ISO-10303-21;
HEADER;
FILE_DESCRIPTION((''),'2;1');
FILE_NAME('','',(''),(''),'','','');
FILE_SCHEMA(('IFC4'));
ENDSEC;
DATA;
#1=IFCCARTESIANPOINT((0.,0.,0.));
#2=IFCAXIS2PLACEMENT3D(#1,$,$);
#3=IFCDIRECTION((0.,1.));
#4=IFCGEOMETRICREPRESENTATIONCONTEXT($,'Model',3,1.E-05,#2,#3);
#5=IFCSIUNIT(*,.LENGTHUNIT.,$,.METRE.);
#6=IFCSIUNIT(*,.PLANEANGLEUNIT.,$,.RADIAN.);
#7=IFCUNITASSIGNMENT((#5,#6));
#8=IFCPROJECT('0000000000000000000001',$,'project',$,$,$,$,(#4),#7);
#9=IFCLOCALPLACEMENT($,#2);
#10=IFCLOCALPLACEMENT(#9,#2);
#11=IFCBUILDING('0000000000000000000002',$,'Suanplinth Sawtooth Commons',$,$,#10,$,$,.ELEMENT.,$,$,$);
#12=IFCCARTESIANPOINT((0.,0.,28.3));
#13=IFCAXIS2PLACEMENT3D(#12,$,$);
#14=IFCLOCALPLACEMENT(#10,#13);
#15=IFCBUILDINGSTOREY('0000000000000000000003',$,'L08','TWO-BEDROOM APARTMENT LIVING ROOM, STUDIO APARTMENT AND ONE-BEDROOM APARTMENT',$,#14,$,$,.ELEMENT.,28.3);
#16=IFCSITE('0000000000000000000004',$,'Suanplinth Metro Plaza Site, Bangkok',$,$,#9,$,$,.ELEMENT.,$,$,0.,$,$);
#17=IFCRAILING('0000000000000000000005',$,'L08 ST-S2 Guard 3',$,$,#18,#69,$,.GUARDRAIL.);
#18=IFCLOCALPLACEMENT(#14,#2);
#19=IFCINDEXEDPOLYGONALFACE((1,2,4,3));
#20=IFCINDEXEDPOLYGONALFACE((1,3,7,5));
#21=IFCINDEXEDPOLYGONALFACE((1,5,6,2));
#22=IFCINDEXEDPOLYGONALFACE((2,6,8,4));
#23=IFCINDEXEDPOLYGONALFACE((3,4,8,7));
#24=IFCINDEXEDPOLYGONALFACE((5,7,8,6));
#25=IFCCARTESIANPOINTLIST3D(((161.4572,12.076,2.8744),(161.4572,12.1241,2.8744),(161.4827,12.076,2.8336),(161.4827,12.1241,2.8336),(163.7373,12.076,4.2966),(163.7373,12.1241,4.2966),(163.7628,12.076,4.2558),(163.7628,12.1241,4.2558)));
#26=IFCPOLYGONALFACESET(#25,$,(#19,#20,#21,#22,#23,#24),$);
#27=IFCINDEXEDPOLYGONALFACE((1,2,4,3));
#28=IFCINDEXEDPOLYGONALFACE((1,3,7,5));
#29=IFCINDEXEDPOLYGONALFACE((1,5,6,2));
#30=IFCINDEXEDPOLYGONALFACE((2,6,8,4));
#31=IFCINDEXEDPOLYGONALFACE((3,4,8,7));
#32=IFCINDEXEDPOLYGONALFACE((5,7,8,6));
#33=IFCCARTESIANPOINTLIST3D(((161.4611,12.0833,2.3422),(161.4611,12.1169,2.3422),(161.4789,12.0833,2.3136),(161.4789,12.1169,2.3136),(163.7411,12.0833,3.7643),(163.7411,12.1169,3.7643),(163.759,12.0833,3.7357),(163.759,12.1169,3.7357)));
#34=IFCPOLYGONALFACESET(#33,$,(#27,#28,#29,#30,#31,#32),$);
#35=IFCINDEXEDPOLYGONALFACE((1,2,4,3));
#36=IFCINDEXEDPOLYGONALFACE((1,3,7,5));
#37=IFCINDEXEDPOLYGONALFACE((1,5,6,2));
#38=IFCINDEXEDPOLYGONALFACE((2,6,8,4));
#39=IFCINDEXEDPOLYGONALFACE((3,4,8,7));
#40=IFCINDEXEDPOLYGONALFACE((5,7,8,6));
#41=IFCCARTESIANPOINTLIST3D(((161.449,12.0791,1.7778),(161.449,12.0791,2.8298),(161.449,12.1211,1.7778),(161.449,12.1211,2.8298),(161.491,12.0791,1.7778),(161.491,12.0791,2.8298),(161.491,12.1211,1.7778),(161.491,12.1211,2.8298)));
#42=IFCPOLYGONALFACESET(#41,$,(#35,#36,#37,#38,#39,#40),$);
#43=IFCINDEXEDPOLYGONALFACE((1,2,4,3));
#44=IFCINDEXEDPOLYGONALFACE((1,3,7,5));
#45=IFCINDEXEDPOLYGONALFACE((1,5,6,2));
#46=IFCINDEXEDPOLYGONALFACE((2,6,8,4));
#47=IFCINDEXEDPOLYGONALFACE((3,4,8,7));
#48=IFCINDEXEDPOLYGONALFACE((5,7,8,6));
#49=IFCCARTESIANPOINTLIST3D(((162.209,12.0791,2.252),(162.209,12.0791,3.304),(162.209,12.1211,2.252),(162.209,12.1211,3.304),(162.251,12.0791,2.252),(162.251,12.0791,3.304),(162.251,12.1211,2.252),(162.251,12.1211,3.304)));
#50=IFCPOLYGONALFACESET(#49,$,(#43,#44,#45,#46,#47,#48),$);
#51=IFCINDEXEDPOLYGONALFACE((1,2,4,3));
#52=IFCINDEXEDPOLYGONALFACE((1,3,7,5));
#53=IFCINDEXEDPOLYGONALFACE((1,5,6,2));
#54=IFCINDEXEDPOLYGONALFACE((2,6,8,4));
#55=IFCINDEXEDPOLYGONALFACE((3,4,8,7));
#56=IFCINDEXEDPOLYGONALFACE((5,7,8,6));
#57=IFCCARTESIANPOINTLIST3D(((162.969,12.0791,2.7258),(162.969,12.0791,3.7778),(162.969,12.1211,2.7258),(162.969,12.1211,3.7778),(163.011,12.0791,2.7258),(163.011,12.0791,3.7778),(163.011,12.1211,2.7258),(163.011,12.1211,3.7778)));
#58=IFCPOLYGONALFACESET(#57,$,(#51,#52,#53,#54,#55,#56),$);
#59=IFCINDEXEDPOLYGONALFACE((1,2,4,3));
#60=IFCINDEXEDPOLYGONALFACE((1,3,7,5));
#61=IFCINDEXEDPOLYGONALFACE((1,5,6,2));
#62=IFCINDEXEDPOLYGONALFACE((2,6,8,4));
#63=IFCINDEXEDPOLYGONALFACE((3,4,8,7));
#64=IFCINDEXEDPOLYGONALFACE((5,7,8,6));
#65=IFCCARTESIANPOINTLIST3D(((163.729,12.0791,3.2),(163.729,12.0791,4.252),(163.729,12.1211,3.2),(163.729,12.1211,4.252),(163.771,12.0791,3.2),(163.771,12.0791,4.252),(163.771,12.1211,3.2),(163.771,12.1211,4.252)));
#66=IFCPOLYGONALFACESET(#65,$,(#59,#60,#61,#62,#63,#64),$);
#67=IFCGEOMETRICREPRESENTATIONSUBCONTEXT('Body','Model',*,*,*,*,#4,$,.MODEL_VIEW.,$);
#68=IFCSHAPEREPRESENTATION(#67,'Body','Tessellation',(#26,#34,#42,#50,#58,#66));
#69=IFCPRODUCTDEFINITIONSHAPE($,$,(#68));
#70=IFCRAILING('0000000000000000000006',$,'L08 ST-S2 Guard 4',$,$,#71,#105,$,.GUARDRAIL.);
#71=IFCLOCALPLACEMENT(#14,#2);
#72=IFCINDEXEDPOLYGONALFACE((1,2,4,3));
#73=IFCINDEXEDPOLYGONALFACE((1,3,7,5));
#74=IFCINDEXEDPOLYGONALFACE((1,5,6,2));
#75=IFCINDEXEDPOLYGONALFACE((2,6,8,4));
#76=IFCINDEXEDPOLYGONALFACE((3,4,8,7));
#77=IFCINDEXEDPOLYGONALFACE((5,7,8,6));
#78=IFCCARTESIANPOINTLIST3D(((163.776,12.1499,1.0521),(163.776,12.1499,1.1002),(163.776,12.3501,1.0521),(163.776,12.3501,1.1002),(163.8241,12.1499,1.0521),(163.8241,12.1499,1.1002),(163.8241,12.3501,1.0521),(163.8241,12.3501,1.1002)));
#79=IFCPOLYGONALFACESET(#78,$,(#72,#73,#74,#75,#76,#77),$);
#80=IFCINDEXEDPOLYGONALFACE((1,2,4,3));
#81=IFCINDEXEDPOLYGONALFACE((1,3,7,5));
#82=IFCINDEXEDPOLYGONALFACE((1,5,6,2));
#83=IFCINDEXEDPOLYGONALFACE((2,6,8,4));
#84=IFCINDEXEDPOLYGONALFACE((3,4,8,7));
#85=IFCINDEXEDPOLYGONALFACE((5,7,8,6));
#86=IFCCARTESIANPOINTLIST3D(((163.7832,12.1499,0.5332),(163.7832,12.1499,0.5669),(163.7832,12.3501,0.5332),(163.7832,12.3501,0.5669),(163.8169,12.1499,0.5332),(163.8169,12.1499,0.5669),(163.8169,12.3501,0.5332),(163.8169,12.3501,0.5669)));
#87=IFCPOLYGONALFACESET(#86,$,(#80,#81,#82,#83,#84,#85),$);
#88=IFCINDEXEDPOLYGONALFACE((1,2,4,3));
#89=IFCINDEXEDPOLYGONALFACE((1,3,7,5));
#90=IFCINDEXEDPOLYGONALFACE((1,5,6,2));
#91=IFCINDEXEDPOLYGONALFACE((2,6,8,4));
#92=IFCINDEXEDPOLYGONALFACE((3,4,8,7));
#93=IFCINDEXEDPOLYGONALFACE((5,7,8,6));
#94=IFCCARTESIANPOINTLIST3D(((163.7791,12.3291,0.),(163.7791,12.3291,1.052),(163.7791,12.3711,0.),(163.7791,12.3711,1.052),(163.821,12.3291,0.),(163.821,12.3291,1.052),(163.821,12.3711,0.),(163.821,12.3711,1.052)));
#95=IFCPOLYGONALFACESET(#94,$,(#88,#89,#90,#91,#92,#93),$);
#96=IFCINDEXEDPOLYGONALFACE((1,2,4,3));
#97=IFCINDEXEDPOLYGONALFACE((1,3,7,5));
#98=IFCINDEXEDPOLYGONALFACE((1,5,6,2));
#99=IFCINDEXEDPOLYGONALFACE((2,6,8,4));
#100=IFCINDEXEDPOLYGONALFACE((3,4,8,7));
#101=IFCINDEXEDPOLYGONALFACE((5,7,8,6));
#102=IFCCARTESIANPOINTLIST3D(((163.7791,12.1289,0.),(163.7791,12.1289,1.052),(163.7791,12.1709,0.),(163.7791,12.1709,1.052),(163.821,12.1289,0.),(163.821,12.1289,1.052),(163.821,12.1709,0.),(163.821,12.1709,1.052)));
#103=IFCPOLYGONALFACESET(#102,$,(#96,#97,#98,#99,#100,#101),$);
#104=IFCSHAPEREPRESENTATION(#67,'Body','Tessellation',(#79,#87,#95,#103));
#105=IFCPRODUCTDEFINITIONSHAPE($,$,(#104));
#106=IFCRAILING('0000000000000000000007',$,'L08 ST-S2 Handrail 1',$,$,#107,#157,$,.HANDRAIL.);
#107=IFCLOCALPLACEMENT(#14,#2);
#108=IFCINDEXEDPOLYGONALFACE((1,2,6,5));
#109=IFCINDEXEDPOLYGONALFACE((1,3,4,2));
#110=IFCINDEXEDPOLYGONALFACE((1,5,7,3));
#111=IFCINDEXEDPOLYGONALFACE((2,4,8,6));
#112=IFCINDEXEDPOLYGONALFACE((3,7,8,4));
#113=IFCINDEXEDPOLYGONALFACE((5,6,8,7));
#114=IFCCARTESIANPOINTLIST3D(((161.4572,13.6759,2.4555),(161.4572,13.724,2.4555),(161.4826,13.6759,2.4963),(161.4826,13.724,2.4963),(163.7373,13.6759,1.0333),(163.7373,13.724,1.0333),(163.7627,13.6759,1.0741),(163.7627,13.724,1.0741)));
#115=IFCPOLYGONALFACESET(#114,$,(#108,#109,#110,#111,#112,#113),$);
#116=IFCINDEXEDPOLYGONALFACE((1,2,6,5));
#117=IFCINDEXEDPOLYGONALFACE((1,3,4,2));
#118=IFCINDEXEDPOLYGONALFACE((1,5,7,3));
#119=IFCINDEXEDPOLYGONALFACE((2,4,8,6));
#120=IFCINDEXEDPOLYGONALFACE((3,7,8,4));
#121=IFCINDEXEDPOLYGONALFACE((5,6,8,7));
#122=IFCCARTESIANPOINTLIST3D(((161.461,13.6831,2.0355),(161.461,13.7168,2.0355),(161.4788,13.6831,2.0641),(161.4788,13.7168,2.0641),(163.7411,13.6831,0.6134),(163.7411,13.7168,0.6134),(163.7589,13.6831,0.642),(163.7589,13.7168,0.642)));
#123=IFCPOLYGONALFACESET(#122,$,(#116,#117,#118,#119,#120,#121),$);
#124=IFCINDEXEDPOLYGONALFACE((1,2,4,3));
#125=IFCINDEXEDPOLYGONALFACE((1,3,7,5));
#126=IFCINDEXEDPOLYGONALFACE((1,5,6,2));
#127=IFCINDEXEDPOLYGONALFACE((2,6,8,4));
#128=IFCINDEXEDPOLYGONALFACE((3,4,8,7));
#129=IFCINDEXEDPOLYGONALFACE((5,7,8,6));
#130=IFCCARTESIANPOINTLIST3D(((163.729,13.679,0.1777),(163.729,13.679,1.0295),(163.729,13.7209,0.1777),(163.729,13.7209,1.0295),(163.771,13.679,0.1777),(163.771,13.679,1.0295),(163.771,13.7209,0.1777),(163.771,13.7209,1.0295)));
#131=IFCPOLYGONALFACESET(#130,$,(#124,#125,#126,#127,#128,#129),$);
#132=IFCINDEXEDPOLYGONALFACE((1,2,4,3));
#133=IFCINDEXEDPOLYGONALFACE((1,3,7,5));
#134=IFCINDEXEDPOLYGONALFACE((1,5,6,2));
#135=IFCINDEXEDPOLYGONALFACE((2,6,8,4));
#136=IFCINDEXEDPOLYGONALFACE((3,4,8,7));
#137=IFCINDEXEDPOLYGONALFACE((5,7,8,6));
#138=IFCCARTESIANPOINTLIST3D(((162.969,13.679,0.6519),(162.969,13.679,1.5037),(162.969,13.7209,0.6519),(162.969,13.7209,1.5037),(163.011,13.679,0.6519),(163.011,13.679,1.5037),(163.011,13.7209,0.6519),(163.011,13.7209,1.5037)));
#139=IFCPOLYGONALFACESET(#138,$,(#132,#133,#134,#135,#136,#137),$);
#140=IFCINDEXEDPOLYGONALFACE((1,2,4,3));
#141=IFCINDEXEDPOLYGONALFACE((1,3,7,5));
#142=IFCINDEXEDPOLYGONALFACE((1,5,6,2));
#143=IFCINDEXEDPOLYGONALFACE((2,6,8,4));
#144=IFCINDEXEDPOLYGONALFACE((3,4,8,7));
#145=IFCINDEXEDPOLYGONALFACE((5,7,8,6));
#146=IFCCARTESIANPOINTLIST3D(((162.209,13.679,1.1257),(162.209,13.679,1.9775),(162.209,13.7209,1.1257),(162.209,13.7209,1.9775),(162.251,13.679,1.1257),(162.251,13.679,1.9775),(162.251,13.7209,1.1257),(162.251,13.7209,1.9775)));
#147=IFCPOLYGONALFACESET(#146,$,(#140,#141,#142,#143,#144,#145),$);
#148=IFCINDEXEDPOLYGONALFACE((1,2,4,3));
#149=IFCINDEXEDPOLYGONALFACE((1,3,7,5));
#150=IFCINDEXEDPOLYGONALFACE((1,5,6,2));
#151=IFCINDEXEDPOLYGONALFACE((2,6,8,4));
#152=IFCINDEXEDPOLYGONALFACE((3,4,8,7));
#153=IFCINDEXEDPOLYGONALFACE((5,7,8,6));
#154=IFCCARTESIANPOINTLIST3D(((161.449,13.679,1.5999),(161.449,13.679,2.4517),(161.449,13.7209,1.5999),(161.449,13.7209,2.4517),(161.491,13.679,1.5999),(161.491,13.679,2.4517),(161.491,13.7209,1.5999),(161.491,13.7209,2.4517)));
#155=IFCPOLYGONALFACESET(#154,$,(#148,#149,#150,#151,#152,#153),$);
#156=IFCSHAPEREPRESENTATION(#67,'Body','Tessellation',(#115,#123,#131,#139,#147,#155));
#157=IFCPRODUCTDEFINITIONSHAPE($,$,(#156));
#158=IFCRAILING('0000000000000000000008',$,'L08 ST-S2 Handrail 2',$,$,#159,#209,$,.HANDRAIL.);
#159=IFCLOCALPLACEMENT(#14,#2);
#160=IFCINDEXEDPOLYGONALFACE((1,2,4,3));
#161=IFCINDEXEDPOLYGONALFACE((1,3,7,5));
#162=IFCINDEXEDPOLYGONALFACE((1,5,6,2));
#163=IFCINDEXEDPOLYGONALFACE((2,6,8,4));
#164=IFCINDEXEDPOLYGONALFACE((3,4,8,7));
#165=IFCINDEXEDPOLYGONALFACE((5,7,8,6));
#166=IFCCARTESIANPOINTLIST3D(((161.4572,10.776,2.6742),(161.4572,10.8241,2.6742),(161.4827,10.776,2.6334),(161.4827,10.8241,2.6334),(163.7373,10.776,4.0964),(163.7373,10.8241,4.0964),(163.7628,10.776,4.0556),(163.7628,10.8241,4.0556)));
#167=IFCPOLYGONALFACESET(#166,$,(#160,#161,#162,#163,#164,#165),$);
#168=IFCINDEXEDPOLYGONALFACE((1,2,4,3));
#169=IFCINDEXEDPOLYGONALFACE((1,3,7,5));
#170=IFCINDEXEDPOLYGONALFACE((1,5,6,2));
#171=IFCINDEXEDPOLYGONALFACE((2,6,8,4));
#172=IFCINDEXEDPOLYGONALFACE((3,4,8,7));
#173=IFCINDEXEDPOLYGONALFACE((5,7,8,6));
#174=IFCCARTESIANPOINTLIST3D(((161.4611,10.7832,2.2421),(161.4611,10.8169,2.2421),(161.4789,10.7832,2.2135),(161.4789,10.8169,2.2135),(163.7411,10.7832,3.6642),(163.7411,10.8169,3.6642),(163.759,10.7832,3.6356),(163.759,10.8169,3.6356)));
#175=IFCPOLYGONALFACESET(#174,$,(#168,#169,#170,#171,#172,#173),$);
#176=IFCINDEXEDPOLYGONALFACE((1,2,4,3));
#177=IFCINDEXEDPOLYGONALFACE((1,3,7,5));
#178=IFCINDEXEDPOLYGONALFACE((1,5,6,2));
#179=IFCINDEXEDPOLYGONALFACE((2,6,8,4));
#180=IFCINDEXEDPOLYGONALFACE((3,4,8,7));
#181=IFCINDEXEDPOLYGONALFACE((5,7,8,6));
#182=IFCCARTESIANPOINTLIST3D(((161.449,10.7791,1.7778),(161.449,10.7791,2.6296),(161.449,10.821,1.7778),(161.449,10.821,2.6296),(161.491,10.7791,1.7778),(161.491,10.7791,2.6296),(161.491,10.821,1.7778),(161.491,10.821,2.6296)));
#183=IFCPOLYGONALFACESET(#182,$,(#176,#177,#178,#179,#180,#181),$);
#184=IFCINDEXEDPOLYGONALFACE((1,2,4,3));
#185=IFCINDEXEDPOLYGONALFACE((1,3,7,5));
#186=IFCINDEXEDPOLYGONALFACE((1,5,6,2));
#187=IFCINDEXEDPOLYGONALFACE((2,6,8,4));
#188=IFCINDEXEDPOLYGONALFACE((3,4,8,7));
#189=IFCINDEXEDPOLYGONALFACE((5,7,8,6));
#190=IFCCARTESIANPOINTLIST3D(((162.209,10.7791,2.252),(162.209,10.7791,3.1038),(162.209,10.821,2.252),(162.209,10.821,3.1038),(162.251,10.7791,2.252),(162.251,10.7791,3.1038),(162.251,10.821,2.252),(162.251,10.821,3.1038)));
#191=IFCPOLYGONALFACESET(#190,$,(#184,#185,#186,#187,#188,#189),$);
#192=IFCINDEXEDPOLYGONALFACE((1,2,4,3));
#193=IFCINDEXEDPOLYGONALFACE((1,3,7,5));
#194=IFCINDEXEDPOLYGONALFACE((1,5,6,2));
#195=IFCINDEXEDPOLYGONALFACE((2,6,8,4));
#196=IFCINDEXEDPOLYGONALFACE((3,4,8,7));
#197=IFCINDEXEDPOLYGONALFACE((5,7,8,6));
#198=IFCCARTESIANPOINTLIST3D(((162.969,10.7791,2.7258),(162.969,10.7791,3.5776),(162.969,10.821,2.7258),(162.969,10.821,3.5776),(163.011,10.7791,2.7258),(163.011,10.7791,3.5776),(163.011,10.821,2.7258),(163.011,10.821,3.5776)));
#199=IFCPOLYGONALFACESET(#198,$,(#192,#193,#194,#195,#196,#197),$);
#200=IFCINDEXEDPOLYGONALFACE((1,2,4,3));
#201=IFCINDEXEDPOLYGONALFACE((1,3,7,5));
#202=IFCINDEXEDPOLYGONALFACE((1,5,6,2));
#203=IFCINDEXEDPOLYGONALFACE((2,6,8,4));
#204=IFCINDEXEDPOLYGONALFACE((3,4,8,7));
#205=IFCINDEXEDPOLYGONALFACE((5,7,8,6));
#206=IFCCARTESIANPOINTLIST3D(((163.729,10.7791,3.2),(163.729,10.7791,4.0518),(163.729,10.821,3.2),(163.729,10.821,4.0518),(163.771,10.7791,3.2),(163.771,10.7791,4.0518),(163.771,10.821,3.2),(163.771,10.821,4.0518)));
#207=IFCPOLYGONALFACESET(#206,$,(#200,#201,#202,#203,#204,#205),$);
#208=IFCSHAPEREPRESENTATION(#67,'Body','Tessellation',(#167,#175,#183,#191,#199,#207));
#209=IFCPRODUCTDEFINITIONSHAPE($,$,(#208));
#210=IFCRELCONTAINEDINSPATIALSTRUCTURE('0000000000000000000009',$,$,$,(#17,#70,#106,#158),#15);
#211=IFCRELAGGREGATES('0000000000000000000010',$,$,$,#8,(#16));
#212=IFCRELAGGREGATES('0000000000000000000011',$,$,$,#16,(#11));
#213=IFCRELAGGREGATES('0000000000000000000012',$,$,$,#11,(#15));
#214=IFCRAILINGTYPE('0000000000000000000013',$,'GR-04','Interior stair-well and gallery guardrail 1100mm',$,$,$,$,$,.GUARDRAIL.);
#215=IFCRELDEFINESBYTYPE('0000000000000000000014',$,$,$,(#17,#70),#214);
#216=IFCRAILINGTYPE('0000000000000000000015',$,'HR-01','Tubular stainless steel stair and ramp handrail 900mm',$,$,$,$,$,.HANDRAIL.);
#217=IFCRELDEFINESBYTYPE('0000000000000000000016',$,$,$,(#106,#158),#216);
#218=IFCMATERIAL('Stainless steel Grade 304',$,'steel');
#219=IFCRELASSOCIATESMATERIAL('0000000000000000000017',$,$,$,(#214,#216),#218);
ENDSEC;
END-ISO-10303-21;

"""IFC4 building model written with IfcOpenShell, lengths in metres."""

from ifc_helpers import new_model, si_unit, direction, frame, origin, origin_2d, place, context, subcontext, project, spatial, rectangle, extrude, material, type_object, element, save


model = new_model("IFC4")

# Units and contexts
model_context = context("Model", 3, precision=1e-05, world=origin(), true_north=direction((0.0, 1.0)))
body_context = subcontext(model_context, "Body", "Model", "MODEL_VIEW")
ifc_project = project(units=[si_unit("LENGTHUNIT", "METRE"), si_unit("PLANEANGLEUNIT", "RADIAN")], contexts=[model_context])

# Site, building, storey
site_placement = place(None, origin())
site = spatial("IfcSite", under=ifc_project, at=site_placement, Name="Suanplinth Metro Plaza Site, Bangkok", CompositionType="ELEMENT", RefElevation=0.0)
building_placement = place(site_placement, origin())
building = spatial("IfcBuilding", under=site, at=building_placement, Name="Suanplinth Sawtooth Commons", CompositionType="ELEMENT")
storey_placement = place(building_placement, frame((0.0, 0.0, 28.3)))
storey = spatial("IfcBuildingStorey", under=building, at=storey_placement, Name="L08", Description="TWO-BEDROOM APARTMENT LIVING ROOM, STUDIO APARTMENT AND ONE-BEDROOM APARTMENT", CompositionType="ELEMENT", Elevation=28.3)

# Railings
ifc_material_1 = material(Name="Stainless steel Grade 304", Category="steel")
railing_type_1 = type_object("IfcRailingType", Name="GR-04", Description="Interior stair-well and gallery guardrail 1100mm", PredefinedType="GUARDRAIL", material=ifc_material_1)
railing_1_placement = place(storey_placement, frame((161.47, 12.1001, 1.7778)))
element("IfcRailing", 1, at=railing_1_placement, inside=storey, type_object=railing_type_1, Name="L08 ST-S2 Guard 3", PredefinedType="GUARDRAIL", context=body_context, shape_type="SweptSolid", body=[
    extrude(rectangle(XDim=0.0481, YDim=0.0481, at=origin_2d()), frame((0.0, 0.0, 1.0762), z_axis=(0.848483, 0.0, 0.529223), x_axis=(0.0, 1.0, 0.0)), (0.0, 0.0, 1.0), 2.6873),
    extrude(rectangle(XDim=0.0337, YDim=0.0337, at=origin_2d()), frame((0.0, 0.0, 0.55), z_axis=(0.848483, 0.0, 0.529223), x_axis=(0.0, 1.0, 0.0)), (0.0, 0.0, 1.0), 2.6873),
    extrude(rectangle(XDim=0.042, YDim=0.042, at=origin_2d()), origin(), (0.0, 0.0, 1.0), 1.052),
    extrude(rectangle(XDim=0.042, YDim=0.042, at=origin_2d()), frame((0.76, 0.0, 0.4741)), (0.0, 0.0, 1.0), 1.052),
    extrude(rectangle(XDim=0.042, YDim=0.042, at=origin_2d()), frame((1.52, 0.0, 0.948)), (0.0, 0.0, 1.0), 1.052),
    extrude(rectangle(XDim=0.042, YDim=0.042, at=origin_2d()), frame((2.28, 0.0, 1.4221)), (0.0, 0.0, 1.0), 1.052),
])
railing_2_placement = place(storey_placement, frame((163.8, 12.3501, 0.0)))
element("IfcRailing", 2, at=railing_2_placement, inside=storey, type_object=railing_type_1, Name="L08 ST-S2 Guard 4", PredefinedType="GUARDRAIL", context=body_context, shape_type="SweptSolid", body=[
    extrude(rectangle(XDim=0.0481, YDim=0.0481, at=origin_2d()), frame((0.0, 0.0, 1.0762), z_axis=(0.0, -1.0, 0.0), x_axis=(1.0, 0.0, 0.0)), (0.0, 0.0, 1.0), 0.2002),
    extrude(rectangle(XDim=0.0337, YDim=0.0337, at=origin_2d()), frame((0.0, 0.0, 0.55), z_axis=(0.0, -1.0, 0.0), x_axis=(1.0, 0.0, 0.0)), (0.0, 0.0, 1.0), 0.2002),
    extrude(rectangle(XDim=0.042, YDim=0.042, at=origin_2d()), origin(), (0.0, 0.0, 1.0), 1.052),
    extrude(rectangle(XDim=0.042, YDim=0.042, at=origin_2d()), frame((0.0, -0.2002, 0.0)), (0.0, 0.0, 1.0), 1.052),
])
railing_type_2 = type_object("IfcRailingType", Name="HR-01", Description="Tubular stainless steel stair and ramp handrail 900mm", PredefinedType="HANDRAIL", material=ifc_material_1)
railing_3_placement = place(storey_placement, frame((163.75, 13.7, 0.1777)))
element("IfcRailing", 3, at=railing_3_placement, inside=storey, type_object=railing_type_2, Name="L08 ST-S2 Handrail 1", PredefinedType="HANDRAIL", context=body_context, shape_type="SweptSolid", body=[
    extrude(rectangle(XDim=0.0481, YDim=0.0481, at=origin_2d()), frame((0.0, 0.0, 0.876), z_axis=(-0.848483, 0.0, 0.529223), x_axis=(0.0, -1.0, 0.0)), (0.0, 0.0, 1.0), 2.6873),
    extrude(rectangle(XDim=0.0337, YDim=0.0337, at=origin_2d()), frame((0.0, 0.0, 0.45), z_axis=(-0.848483, 0.0, 0.529223), x_axis=(0.0, -1.0, 0.0)), (0.0, 0.0, 1.0), 2.6873),
    extrude(rectangle(XDim=0.042, YDim=0.042, at=origin_2d()), origin(), (0.0, 0.0, 1.0), 0.8518),
    extrude(rectangle(XDim=0.042, YDim=0.042, at=origin_2d()), frame((-0.76, 0.0, 0.4741)), (0.0, 0.0, 1.0), 0.8518),
    extrude(rectangle(XDim=0.042, YDim=0.042, at=origin_2d()), frame((-1.52, 0.0, 0.948)), (0.0, 0.0, 1.0), 0.8518),
    extrude(rectangle(XDim=0.042, YDim=0.042, at=origin_2d()), frame((-2.28, 0.0, 1.4221)), (0.0, 0.0, 1.0), 0.8518),
])
railing_4_placement = place(storey_placement, frame((161.47, 10.8, 1.7778)))
element("IfcRailing", 4, at=railing_4_placement, inside=storey, type_object=railing_type_2, Name="L08 ST-S2 Handrail 2", PredefinedType="HANDRAIL", context=body_context, shape_type="SweptSolid", body=[
    extrude(rectangle(XDim=0.0481, YDim=0.0481, at=origin_2d()), frame((0.0, 0.0, 0.876), z_axis=(0.848483, 0.0, 0.529223), x_axis=(0.0, 1.0, 0.0)), (0.0, 0.0, 1.0), 2.6873),
    extrude(rectangle(XDim=0.0337, YDim=0.0337, at=origin_2d()), frame((0.0, 0.0, 0.45), z_axis=(0.848483, 0.0, 0.529223), x_axis=(0.0, 1.0, 0.0)), (0.0, 0.0, 1.0), 2.6873),
    extrude(rectangle(XDim=0.042, YDim=0.042, at=origin_2d()), origin(), (0.0, 0.0, 1.0), 0.8518),
    extrude(rectangle(XDim=0.042, YDim=0.042, at=origin_2d()), frame((0.76, 0.0, 0.4741)), (0.0, 0.0, 1.0), 0.8518),
    extrude(rectangle(XDim=0.042, YDim=0.042, at=origin_2d()), frame((1.52, 0.0, 0.948)), (0.0, 0.0, 1.0), 0.8518),
    extrude(rectangle(XDim=0.042, YDim=0.042, at=origin_2d()), frame((2.28, 0.0, 1.4221)), (0.0, 0.0, 1.0), 0.8518),
])

save(model, "model.ifc")
